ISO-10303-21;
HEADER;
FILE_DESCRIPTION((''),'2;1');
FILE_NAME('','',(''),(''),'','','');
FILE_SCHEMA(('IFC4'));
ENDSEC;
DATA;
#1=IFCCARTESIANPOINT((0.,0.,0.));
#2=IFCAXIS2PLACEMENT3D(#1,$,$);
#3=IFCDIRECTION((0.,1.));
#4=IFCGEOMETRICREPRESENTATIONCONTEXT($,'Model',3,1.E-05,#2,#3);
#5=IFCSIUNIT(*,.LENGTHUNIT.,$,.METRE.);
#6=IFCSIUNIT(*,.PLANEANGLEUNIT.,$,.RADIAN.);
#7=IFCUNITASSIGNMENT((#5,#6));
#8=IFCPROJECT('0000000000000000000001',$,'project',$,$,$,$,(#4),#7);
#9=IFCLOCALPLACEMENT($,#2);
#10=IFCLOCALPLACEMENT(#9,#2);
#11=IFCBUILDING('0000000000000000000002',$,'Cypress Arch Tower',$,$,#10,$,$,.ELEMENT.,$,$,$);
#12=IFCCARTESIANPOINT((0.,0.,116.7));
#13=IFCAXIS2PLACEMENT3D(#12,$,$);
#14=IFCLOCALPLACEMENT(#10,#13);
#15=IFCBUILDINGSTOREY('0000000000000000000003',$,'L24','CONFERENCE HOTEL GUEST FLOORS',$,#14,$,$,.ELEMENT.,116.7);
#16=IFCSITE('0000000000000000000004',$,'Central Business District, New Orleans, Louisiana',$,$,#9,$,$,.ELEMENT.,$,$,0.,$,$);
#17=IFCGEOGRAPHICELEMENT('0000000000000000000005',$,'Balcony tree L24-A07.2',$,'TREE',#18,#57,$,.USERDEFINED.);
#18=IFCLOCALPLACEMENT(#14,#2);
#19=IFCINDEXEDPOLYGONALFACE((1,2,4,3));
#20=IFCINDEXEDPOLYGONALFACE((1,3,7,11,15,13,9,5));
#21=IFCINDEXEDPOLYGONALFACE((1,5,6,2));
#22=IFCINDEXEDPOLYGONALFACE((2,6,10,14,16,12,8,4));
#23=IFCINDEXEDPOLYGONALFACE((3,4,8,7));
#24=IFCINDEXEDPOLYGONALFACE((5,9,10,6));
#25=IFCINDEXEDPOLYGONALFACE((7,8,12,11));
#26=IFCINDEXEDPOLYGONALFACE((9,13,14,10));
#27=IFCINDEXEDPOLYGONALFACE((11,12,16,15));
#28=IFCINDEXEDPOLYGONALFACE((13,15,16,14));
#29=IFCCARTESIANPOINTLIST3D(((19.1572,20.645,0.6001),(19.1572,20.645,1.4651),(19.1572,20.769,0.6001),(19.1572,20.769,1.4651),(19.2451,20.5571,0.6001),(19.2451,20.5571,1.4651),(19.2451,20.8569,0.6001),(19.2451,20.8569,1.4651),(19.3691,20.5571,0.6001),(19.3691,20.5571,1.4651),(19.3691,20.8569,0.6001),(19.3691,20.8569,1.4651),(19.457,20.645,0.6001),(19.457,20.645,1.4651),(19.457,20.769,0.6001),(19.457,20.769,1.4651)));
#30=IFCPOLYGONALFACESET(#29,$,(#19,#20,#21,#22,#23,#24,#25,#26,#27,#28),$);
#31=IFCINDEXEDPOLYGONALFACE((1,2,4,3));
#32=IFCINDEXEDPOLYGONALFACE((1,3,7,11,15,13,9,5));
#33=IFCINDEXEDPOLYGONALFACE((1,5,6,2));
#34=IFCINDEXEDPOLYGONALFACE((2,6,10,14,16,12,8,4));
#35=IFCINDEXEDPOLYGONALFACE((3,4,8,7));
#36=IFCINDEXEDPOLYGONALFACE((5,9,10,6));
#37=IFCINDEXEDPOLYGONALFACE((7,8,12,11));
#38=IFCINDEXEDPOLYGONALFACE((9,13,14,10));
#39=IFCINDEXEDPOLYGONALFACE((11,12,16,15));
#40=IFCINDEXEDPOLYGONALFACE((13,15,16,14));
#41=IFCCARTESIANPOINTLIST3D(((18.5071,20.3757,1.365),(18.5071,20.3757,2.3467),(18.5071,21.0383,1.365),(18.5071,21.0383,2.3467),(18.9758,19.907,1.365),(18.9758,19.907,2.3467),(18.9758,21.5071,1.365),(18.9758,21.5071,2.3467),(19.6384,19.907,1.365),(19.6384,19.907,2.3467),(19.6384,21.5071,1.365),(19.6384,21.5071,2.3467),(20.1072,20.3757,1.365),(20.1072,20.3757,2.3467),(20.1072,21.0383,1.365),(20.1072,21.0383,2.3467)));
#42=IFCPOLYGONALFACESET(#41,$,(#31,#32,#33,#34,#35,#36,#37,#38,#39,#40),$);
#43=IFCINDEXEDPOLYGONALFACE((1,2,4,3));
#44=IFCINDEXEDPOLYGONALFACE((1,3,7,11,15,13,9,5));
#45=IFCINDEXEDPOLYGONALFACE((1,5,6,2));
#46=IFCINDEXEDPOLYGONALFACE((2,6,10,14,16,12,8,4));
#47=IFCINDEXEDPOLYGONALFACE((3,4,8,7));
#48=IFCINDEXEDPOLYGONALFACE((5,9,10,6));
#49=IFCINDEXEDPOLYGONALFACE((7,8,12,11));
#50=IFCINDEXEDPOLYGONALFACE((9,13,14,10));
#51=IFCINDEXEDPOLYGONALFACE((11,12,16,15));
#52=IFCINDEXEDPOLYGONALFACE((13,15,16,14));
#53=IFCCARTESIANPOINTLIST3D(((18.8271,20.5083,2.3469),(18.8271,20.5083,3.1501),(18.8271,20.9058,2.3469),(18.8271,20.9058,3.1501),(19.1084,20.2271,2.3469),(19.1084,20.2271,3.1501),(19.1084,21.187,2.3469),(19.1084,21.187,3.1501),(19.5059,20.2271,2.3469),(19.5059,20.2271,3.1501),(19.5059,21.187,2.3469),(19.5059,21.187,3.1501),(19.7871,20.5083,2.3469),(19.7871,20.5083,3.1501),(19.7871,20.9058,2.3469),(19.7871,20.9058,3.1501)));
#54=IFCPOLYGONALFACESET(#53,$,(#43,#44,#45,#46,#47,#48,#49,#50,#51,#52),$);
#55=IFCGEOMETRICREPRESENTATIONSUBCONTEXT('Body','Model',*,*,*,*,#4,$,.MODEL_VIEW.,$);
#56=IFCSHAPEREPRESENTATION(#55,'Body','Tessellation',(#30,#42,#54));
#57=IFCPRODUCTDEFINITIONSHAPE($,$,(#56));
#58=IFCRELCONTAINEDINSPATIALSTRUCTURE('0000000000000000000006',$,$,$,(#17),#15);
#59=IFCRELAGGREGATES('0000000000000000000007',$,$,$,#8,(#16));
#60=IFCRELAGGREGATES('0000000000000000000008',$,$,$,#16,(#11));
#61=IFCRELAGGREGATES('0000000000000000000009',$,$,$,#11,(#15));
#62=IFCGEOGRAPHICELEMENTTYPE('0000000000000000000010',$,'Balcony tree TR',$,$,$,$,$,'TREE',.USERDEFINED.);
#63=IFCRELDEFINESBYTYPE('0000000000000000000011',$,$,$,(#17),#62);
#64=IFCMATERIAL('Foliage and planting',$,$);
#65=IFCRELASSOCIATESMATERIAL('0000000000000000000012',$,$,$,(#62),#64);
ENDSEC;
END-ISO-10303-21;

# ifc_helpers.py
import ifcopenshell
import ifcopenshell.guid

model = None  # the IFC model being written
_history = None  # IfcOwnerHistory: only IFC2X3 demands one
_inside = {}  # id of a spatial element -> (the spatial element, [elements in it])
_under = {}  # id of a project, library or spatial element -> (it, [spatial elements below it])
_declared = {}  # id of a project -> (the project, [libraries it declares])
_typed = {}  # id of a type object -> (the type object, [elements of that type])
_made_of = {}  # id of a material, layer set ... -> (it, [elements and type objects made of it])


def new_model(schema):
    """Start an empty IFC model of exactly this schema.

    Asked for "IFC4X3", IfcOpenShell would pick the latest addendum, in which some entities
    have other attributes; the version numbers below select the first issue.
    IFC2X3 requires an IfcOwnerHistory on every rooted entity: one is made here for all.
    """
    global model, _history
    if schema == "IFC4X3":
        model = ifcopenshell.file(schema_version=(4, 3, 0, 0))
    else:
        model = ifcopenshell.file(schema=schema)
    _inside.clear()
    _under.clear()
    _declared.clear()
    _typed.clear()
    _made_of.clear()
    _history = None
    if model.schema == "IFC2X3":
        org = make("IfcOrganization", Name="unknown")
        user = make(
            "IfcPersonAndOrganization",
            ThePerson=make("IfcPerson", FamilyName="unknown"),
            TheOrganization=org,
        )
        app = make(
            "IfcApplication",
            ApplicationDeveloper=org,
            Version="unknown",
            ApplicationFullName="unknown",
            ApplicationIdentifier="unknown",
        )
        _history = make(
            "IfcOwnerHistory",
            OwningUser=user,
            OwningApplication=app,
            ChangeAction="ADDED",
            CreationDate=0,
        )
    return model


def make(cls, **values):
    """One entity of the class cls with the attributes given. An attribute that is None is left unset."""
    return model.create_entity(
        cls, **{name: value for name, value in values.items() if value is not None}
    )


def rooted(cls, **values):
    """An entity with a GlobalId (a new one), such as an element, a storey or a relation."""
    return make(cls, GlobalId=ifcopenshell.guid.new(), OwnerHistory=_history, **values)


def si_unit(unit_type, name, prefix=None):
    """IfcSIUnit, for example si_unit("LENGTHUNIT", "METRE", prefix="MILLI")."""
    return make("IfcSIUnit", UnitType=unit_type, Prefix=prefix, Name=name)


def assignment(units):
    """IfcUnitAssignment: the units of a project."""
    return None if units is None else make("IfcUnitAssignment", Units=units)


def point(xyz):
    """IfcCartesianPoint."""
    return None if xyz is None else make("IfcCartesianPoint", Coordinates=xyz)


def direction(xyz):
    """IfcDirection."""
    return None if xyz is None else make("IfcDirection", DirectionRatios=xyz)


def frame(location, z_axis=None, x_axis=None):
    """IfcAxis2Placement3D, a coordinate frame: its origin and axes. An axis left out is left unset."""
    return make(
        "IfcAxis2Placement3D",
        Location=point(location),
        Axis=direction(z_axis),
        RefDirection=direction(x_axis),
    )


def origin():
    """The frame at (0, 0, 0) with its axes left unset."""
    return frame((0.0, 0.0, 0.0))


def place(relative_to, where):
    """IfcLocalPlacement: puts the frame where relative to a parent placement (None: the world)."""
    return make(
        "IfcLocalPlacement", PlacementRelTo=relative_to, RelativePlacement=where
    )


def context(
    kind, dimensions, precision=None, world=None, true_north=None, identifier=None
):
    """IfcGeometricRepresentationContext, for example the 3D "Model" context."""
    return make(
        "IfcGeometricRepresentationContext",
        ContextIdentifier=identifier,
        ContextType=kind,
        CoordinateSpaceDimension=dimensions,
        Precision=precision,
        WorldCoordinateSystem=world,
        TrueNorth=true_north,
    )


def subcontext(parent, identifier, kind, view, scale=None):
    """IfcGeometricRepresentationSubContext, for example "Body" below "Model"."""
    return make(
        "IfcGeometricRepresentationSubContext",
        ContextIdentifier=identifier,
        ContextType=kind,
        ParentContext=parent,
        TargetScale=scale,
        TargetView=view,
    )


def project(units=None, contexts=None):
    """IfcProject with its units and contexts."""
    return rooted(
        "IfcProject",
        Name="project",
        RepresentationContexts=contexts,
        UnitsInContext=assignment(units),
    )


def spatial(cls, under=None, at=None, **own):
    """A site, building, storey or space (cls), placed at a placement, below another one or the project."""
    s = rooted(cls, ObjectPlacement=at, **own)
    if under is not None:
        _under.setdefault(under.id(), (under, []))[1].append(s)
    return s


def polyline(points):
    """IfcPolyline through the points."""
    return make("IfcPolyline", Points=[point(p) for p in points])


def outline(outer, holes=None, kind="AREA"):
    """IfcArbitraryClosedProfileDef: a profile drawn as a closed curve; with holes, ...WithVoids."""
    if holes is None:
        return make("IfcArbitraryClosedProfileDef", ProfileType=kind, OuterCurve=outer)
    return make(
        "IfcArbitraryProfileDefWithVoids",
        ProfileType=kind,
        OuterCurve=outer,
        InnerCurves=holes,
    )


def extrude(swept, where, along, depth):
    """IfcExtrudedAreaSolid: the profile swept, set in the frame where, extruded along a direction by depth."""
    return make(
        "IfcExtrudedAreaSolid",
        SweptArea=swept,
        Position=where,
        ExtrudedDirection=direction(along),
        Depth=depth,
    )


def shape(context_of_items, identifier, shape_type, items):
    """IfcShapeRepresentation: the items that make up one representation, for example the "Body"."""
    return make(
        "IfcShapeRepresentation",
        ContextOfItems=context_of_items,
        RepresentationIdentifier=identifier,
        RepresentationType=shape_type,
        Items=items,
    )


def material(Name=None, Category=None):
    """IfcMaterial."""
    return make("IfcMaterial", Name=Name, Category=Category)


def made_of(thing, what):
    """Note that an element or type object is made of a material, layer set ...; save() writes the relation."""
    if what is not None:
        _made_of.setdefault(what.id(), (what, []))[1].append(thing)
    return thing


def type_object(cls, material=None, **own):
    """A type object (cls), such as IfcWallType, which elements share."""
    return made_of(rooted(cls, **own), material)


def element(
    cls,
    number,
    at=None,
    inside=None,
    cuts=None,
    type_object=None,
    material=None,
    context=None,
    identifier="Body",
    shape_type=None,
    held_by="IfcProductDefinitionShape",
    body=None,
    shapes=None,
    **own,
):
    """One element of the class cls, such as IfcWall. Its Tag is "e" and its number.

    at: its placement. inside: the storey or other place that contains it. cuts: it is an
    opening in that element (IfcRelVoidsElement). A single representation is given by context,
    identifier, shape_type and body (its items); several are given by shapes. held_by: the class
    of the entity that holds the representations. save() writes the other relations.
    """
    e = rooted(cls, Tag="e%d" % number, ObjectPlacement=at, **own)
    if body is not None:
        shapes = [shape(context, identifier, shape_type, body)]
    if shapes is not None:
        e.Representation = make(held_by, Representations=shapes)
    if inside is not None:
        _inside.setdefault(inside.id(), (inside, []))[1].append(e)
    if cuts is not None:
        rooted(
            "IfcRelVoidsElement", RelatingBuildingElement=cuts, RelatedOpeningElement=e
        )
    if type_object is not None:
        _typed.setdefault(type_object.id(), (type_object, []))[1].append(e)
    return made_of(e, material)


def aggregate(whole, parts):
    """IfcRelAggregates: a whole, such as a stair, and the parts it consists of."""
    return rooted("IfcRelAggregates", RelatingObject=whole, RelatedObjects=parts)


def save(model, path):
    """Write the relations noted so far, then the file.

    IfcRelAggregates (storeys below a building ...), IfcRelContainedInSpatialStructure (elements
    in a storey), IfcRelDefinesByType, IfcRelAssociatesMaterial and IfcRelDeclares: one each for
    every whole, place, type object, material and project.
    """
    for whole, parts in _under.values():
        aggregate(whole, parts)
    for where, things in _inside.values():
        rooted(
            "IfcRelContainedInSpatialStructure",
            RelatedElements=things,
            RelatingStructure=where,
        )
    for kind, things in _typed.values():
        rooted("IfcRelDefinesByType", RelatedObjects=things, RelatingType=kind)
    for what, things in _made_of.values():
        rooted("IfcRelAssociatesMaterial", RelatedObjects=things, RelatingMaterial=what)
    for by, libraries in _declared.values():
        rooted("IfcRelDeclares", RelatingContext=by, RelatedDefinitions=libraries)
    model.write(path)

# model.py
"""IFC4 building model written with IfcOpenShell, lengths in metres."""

from ifc_helpers import new_model, si_unit, direction, frame, origin, place, context, subcontext, project, spatial, polyline, outline, extrude, material, type_object, element, save


model = new_model("IFC4")

# Units and contexts
model_context = context("Model", 3, precision=1e-05, world=origin(), true_north=direction((0.0, 1.0)))
body_context = subcontext(model_context, "Body", "Model", "MODEL_VIEW")
ifc_project = project(units=[si_unit("LENGTHUNIT", "METRE"), si_unit("PLANEANGLEUNIT", "RADIAN")], contexts=[model_context])

# Site, building, storey
site_placement = place(None, origin())
site = spatial("IfcSite", under=ifc_project, at=site_placement, Name="Central Business District, New Orleans, Louisiana", CompositionType="ELEMENT", RefElevation=0.0)
building_placement = place(site_placement, origin())
building = spatial("IfcBuilding", under=site, at=building_placement, Name="Cypress Arch Tower", CompositionType="ELEMENT")
storey_placement = place(building_placement, frame((0.0, 0.0, 116.7)))
storey = spatial("IfcBuildingStorey", under=building, at=storey_placement, Name="L24", Description="CONFERENCE HOTEL GUEST FLOORS", CompositionType="ELEMENT", Elevation=116.7)

# Geographic element
ifc_material_1 = material(Name="Foliage and planting")
geographic_element_type = type_object("IfcGeographicElementType", Name="Balcony tree TR", ElementType="TREE", PredefinedType="USERDEFINED", material=ifc_material_1)
geographic_element_placement = place(storey_placement, frame((19.3071, 20.707, 0.6001), z_axis=(0.0, 0.0, 1.0), x_axis=(1.0, 0.0, 0.0)))
element("IfcGeographicElement", 1, at=geographic_element_placement, inside=storey, type_object=geographic_element_type, Name="Balcony tree L24-A07.2", ObjectType="TREE", PredefinedType="USERDEFINED", context=body_context, shape_type="SweptSolid", body=[
    extrude(outline(polyline([(0.1499, 0.062), (0.062, 0.1499), (-0.062, 0.1499), (-0.1499, 0.062), (-0.1499, -0.062), (-0.062, -0.1499), (0.062, -0.1499), (0.1499, -0.062), (0.1499, 0.062)])), origin(), (0.0, 0.0, 1.0), 0.865),
    extrude(outline(polyline([(0.8, 0.3313), (0.3313, 0.8), (-0.3313, 0.8), (-0.8, 0.3313), (-0.8, -0.3313), (-0.3313, -0.8), (0.3313, -0.8), (0.8, -0.3313), (0.8, 0.3313)])), frame((0.0, 0.0, 0.7649)), (0.0, 0.0, 1.0), 0.9817),
    extrude(outline(polyline([(0.48, 0.1987), (0.1987, 0.48), (-0.1987, 0.48), (-0.48, 0.1987), (-0.48, -0.1987), (-0.1987, -0.48), (0.1987, -0.48), (0.48, -0.1987), (0.48, 0.1987)])), frame((0.0, 0.0, 1.7468)), (0.0, 0.0, 1.0), 0.8032),
])

save(model, "model.ifc")
